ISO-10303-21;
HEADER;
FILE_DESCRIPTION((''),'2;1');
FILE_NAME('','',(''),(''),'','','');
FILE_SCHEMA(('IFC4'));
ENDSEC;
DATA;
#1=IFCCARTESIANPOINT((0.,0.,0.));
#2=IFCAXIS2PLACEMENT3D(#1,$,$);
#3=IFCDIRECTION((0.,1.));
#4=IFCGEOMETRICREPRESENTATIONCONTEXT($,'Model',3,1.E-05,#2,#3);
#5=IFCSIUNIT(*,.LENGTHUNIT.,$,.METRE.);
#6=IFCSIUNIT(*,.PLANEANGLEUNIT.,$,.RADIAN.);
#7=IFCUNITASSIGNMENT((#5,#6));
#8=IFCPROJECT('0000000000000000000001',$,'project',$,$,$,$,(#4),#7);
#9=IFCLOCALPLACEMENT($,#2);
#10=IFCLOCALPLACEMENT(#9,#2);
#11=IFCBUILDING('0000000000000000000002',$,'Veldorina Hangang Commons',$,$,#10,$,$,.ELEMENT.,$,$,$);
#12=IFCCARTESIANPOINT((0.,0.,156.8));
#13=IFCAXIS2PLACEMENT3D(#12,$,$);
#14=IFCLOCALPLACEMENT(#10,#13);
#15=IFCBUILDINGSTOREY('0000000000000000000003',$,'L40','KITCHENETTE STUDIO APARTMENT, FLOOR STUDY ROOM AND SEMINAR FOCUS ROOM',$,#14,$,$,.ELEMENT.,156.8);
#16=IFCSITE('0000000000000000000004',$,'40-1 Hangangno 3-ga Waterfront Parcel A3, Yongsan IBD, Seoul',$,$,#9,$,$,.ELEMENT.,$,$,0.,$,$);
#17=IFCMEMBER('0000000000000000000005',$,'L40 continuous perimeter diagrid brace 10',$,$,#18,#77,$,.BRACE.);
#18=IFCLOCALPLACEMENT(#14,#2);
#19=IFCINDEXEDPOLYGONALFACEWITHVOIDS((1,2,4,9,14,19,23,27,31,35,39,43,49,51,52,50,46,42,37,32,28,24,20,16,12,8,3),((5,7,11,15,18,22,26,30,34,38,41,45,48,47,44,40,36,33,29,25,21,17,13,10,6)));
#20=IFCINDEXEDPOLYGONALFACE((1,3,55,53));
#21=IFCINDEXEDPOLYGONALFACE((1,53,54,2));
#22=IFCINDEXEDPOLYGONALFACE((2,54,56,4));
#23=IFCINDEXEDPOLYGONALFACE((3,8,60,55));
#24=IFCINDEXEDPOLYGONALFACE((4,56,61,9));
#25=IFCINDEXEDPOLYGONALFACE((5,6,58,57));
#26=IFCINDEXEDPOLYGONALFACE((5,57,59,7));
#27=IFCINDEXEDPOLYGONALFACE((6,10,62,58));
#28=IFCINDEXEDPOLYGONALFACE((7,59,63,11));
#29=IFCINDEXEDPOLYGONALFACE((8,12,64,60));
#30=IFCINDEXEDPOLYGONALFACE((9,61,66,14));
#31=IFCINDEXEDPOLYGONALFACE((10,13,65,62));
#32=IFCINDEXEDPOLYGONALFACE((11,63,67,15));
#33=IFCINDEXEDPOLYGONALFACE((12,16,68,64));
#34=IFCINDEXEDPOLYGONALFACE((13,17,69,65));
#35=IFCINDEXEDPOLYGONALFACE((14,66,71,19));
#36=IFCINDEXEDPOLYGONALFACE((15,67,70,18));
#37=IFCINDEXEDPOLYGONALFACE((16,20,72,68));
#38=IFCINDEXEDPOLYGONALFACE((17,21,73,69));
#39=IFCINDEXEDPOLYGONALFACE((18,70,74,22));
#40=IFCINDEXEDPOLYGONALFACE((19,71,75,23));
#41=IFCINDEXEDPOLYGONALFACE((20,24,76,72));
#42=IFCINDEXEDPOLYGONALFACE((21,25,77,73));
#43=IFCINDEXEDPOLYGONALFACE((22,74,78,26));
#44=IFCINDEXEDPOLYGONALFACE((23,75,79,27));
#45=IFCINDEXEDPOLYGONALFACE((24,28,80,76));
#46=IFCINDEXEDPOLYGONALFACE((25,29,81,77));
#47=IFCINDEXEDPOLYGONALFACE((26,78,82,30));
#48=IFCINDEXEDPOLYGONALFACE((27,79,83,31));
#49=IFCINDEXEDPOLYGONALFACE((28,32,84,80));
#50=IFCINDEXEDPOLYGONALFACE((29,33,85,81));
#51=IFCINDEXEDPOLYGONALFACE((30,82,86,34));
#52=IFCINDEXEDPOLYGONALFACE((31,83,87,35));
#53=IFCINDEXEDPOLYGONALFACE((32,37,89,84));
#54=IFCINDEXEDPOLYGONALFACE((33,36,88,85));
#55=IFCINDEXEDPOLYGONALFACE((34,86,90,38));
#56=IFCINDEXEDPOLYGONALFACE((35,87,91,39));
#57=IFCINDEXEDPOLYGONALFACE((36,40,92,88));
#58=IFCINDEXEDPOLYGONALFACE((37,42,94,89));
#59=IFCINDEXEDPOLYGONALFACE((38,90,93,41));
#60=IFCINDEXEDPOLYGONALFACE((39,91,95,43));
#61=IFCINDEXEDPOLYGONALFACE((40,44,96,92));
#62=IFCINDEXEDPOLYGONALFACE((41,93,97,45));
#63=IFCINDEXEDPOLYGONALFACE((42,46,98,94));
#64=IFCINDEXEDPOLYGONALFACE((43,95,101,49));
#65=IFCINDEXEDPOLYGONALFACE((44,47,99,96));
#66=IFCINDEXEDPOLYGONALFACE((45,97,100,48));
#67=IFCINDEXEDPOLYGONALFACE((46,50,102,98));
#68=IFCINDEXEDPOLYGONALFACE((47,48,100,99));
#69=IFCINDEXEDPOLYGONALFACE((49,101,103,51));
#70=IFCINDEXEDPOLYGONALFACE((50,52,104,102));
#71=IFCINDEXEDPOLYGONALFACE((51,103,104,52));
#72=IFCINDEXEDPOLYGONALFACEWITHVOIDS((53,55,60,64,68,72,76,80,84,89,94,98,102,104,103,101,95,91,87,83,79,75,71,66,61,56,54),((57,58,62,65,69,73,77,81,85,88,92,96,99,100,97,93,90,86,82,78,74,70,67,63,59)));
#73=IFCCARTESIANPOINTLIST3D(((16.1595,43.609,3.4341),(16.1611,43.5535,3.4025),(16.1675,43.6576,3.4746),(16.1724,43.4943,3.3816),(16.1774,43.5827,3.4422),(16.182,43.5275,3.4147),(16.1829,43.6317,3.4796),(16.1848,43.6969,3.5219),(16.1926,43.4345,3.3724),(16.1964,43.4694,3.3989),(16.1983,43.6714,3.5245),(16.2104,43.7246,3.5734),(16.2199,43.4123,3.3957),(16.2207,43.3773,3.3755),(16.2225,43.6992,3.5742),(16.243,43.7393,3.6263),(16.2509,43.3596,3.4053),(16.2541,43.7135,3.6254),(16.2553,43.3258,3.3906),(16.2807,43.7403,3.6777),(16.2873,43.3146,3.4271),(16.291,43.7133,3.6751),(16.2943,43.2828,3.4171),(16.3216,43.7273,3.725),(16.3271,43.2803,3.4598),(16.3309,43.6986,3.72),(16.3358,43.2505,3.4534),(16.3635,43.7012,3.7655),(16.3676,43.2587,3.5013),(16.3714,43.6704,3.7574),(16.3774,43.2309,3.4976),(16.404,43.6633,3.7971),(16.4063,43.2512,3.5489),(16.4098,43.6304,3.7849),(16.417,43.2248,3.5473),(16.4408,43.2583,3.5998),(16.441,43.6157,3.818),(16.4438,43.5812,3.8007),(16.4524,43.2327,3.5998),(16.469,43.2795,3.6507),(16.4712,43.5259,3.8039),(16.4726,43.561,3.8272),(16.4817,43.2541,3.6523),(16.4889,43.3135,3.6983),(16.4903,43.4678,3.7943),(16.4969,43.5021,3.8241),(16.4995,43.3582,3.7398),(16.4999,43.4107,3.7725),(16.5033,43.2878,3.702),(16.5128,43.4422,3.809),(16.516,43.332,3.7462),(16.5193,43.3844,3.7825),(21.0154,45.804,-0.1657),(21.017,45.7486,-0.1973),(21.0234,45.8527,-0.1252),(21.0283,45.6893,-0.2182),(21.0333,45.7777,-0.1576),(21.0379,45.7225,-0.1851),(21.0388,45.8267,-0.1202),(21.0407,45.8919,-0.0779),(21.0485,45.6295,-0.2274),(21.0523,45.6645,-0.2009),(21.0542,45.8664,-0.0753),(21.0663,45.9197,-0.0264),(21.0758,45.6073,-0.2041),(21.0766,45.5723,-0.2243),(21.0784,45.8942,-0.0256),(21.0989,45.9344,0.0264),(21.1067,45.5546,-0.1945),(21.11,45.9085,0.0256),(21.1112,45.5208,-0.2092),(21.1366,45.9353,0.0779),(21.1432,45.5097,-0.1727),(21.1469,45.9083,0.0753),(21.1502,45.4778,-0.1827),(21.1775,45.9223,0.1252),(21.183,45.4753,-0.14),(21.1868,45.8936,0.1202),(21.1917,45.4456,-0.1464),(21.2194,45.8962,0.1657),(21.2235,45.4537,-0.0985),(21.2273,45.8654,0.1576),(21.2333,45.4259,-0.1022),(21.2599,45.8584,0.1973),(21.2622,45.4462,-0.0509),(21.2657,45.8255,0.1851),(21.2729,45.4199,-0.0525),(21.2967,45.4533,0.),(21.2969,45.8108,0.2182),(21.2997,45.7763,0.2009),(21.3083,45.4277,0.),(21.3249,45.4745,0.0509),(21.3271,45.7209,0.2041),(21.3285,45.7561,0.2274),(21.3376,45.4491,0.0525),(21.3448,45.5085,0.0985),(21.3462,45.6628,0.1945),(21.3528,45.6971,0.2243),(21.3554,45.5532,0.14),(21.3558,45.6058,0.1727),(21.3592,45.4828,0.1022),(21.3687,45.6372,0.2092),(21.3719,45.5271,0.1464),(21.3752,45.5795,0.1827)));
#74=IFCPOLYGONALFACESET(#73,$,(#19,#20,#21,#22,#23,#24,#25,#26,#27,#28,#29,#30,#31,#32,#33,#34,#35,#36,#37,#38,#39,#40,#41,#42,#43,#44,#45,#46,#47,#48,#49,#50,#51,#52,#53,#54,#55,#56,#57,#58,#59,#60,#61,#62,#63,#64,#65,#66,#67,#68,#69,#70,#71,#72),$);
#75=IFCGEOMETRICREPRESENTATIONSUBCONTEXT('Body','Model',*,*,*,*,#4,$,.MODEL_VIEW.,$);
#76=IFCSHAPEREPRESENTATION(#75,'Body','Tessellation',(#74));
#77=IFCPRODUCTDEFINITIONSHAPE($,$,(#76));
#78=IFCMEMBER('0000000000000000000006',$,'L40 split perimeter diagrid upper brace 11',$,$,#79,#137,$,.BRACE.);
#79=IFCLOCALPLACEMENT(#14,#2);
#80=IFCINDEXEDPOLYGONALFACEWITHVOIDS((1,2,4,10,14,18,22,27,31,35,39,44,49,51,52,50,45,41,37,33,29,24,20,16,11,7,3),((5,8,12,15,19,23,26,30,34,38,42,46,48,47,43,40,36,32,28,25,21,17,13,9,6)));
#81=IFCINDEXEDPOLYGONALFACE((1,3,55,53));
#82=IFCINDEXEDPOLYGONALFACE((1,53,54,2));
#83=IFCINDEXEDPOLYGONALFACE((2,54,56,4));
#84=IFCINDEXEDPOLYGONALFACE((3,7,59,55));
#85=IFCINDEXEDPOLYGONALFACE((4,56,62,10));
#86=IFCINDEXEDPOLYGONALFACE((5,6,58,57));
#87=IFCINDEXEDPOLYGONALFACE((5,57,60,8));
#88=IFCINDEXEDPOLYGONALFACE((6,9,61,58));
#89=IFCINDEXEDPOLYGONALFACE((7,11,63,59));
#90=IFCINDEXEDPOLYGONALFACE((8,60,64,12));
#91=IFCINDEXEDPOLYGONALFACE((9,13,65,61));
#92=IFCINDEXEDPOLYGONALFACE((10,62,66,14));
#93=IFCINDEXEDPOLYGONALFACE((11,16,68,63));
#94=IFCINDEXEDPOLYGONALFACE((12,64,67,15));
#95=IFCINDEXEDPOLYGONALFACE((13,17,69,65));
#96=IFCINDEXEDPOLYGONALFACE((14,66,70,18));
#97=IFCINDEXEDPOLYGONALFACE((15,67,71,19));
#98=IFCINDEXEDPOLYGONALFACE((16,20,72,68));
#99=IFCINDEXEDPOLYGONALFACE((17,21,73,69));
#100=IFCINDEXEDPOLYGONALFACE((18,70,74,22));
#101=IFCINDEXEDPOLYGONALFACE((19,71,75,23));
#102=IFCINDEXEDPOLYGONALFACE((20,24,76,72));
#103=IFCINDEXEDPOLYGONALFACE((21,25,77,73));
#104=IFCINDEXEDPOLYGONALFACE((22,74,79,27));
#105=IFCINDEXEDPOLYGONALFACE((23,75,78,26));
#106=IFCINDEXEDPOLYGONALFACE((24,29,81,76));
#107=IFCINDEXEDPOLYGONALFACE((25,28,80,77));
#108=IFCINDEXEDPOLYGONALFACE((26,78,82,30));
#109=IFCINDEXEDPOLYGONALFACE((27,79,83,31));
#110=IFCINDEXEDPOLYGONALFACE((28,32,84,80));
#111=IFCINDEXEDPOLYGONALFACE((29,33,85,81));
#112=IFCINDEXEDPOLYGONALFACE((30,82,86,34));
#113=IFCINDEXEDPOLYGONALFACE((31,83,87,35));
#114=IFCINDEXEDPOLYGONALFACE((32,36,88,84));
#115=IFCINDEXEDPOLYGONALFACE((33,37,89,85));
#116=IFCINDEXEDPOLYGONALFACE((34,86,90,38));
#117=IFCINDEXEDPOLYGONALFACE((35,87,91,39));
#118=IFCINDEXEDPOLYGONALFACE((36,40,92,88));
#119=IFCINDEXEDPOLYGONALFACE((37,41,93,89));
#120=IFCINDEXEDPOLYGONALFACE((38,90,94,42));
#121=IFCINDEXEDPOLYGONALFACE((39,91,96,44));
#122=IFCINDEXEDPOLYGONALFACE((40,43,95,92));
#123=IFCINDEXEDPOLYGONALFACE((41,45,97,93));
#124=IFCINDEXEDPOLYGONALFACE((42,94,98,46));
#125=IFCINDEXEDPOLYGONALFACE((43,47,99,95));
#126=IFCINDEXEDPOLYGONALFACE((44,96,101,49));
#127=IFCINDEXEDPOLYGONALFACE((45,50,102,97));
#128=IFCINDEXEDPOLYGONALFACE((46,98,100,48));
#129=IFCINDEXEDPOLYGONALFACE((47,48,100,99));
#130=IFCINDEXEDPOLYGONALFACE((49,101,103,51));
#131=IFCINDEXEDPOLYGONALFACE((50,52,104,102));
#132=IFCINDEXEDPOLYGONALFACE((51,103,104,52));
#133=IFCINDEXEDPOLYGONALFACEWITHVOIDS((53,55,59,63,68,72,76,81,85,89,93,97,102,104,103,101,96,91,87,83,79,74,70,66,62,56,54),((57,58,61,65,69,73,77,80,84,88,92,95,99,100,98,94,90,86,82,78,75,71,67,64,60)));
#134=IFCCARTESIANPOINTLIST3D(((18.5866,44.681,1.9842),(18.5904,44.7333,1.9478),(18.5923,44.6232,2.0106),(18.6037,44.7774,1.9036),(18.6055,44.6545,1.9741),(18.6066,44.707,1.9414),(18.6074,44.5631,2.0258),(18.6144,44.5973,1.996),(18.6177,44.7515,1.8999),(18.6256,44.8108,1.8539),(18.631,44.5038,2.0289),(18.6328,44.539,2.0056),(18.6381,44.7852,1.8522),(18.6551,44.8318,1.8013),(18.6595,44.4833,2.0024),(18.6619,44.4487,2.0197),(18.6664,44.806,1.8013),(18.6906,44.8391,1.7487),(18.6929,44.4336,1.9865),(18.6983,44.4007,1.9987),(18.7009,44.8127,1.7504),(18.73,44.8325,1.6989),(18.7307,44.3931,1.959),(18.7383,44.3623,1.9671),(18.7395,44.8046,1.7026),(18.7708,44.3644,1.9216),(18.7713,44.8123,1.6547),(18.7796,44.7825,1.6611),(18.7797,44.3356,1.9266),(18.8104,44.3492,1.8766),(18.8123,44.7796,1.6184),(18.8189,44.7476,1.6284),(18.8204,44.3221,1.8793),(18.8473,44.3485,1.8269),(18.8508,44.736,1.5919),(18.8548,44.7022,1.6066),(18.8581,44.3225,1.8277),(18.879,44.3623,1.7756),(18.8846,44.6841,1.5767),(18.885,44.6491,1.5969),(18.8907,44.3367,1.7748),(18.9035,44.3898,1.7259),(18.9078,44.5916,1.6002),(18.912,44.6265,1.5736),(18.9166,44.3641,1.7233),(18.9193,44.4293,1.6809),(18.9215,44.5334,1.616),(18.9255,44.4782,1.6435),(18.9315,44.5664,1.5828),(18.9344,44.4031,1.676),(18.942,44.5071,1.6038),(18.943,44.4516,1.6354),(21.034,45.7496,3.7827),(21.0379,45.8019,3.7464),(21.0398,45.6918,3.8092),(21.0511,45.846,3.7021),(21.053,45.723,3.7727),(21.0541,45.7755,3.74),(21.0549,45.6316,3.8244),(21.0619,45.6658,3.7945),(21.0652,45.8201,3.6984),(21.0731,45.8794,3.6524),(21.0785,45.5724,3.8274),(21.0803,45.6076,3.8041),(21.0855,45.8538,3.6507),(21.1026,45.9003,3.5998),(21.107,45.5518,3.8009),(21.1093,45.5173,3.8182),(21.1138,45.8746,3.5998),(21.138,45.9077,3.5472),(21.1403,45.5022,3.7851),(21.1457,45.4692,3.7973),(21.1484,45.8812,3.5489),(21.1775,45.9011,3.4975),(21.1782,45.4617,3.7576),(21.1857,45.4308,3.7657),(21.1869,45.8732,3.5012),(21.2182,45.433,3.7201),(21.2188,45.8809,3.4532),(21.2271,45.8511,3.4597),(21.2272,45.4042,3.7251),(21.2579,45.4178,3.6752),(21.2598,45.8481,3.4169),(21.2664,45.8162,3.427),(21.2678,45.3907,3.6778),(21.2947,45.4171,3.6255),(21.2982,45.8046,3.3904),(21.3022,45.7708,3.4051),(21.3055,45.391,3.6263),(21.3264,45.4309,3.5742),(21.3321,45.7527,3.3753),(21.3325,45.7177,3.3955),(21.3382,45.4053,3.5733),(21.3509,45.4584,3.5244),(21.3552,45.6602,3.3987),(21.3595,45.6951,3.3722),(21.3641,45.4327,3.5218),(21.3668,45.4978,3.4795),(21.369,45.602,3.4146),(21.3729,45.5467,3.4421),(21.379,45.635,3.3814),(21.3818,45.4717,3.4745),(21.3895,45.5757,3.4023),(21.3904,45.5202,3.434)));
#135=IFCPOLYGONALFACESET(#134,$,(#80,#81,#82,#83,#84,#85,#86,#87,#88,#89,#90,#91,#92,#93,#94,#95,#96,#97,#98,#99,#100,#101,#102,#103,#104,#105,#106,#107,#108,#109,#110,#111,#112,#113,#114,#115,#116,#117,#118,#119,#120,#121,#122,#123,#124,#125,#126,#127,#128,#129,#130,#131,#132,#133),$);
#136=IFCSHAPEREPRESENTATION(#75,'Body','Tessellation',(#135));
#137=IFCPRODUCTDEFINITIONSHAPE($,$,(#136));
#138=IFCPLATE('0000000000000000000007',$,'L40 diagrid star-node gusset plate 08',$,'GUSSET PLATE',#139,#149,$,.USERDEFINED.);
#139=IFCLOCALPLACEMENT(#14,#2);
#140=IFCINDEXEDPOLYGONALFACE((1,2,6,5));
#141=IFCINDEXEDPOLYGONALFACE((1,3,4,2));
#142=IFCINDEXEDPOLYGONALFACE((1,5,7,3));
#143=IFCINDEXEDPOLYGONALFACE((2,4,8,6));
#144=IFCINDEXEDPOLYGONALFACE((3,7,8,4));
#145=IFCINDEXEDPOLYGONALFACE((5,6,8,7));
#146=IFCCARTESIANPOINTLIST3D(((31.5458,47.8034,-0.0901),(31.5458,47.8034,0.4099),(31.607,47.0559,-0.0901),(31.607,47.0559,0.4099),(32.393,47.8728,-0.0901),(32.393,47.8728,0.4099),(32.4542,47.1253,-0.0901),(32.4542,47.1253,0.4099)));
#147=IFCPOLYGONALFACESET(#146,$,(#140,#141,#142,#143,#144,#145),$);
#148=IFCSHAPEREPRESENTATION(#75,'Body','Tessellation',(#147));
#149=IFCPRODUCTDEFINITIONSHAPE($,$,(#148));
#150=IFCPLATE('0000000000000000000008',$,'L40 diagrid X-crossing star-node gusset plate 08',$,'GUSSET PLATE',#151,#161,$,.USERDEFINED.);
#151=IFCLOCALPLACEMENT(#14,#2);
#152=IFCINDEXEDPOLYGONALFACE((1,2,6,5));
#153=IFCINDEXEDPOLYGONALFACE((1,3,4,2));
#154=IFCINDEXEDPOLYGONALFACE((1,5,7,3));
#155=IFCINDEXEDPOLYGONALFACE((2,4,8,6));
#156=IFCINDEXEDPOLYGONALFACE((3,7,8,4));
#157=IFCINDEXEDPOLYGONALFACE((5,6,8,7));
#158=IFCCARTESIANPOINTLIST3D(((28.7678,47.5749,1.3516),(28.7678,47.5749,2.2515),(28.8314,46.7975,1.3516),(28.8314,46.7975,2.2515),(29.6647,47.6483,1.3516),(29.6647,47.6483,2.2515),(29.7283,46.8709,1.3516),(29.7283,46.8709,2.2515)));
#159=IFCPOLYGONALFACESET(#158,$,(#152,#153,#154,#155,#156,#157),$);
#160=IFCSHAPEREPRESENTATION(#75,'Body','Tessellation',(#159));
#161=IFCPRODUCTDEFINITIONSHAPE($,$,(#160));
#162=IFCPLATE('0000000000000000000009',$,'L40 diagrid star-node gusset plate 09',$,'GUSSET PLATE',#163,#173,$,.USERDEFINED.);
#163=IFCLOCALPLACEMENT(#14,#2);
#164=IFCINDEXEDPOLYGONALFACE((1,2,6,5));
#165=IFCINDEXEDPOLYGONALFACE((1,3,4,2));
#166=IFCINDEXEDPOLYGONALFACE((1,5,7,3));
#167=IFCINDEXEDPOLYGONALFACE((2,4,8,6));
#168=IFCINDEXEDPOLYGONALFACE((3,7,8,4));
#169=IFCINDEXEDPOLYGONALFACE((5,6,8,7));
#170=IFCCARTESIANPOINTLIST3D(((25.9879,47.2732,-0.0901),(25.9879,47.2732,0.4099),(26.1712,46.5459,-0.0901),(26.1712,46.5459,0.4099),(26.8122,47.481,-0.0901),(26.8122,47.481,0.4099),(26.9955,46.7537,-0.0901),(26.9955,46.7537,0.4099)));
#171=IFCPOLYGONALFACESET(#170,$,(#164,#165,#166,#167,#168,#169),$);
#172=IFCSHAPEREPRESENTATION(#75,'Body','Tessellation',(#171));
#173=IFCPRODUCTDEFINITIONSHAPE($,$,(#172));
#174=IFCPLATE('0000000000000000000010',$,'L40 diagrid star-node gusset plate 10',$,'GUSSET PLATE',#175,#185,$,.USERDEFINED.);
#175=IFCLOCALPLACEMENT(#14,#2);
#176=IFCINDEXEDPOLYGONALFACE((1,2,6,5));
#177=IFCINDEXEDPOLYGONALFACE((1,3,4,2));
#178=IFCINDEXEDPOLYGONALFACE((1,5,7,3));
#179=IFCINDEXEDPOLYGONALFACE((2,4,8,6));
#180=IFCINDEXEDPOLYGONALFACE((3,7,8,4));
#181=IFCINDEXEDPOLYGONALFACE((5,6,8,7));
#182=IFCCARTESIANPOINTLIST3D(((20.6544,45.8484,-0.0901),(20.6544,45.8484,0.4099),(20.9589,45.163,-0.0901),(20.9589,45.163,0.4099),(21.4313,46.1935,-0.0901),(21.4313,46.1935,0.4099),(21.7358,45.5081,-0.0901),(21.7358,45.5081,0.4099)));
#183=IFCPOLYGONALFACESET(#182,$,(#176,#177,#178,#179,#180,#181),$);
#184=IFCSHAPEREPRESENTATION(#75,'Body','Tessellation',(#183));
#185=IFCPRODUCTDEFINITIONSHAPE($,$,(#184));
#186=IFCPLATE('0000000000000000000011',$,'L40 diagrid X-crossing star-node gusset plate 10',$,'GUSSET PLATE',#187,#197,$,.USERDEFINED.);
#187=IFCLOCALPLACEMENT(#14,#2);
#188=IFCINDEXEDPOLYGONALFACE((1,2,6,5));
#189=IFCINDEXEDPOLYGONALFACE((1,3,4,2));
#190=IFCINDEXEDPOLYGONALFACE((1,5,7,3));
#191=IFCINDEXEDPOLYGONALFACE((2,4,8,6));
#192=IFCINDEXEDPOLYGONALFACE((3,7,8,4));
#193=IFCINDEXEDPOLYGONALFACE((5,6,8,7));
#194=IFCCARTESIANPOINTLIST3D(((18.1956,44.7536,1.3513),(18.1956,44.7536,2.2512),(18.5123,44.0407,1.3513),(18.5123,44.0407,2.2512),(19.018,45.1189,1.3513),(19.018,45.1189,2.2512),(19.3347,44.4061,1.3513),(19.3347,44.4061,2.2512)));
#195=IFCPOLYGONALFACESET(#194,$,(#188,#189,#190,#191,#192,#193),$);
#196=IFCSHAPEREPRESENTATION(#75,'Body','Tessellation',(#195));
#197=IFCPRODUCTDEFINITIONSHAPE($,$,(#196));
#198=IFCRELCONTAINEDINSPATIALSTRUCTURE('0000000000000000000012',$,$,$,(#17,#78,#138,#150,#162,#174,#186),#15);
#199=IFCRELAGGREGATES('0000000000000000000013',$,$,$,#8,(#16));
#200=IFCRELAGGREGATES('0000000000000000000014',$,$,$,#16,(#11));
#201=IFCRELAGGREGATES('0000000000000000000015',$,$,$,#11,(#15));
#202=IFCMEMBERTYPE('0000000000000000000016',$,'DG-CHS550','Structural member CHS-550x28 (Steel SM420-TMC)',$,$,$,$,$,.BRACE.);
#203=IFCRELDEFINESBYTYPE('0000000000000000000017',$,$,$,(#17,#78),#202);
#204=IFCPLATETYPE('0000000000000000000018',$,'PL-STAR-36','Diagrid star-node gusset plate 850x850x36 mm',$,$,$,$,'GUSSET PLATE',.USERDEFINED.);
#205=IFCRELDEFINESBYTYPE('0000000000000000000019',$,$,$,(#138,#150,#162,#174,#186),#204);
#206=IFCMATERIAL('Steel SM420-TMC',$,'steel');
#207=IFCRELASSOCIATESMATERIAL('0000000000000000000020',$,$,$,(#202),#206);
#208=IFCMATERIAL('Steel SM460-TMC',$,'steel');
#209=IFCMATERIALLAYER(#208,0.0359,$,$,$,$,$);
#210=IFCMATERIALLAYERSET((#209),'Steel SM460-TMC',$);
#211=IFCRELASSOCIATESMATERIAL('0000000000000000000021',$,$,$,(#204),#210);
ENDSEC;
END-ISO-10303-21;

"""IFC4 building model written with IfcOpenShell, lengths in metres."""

from ifc_helpers import new_model, si_unit, direction, frame, origin, origin_2d, place, context, subcontext, project, spatial, rectangle, hollow_circle, extrude, material, layer, layer_set, material_profile, profile_set, type_object, element, save


model = new_model("IFC4")

# Units and contexts
model_context = context("Model", 3, precision=1e-05, world=origin(), true_north=direction((0.0, 1.0)))
body_context = subcontext(model_context, "Body", "Model", "MODEL_VIEW")
ifc_project = project(units=[si_unit("LENGTHUNIT", "METRE"), si_unit("PLANEANGLEUNIT", "RADIAN")], contexts=[model_context])

# Site, building, storey
site_placement = place(None, origin())
site = spatial("IfcSite", under=ifc_project, at=site_placement, Name="40-1 Hangangno 3-ga Waterfront Parcel A3, Yongsan IBD, Seoul", CompositionType="ELEMENT", RefElevation=0.0)
building_placement = place(site_placement, origin())
building = spatial("IfcBuilding", under=site, at=building_placement, Name="Veldorina Hangang Commons", CompositionType="ELEMENT")
storey_placement = place(building_placement, frame((0.0, 0.0, 156.8)))
storey = spatial("IfcBuildingStorey", under=building, at=storey_placement, Name="L40", Description="KITCHENETTE STUDIO APARTMENT, FLOOR STUDY ROOM AND SEMINAR FOCUS ROOM", CompositionType="ELEMENT", Elevation=156.8)

# Shared definitions
ifc_material_1 = material(Name="Steel SM420-TMC", Category="steel")

# Members
ifc_material_profile_1 = material_profile(ifc_material_1, hollow_circle(Radius=0.2749, WallThickness=0.0281, at=origin_2d()), Name="CHS-550x28")
ifc_profile_set_1 = profile_set([ifc_material_profile_1], Name="Steel SM420-TMC")
member_type = type_object("IfcMemberType", Name="DG-CHS550", Description="Structural member CHS-550x28 (Steel SM420-TMC)", PredefinedType="BRACE", material=ifc_profile_set_1)
member_1_placement = place(storey_placement, frame((21.1951, 45.6782, 0.0), z_axis=(-0.755087, -0.341327, 0.559767), x_axis=(0.411907, -0.911226, 0.0)))
element("IfcMember", 1, at=member_1_placement, inside=storey, type_object=member_type, Name="L40 continuous perimeter diagrid brace 10", PredefinedType="BRACE", context=body_context, shape_type="SweptSolid", body=[
    extrude(hollow_circle(Radius=0.2749, WallThickness=0.0281, at=origin_2d()), origin(), (0.0, 0.0, 1.0), 6.4309),
])
member_2_placement = place(storey_placement, frame((18.7651, 44.5798, 1.8013), z_axis=(0.760143, 0.331885, 0.558601), x_axis=(-0.400133, 0.916457, 0.0)))
element("IfcMember", 2, at=member_2_placement, inside=storey, type_object=member_type, Name="L40 split perimeter diagrid upper brace 11", PredefinedType="BRACE", context=body_context, shape_type="SweptSolid", body=[
    extrude(hollow_circle(Radius=0.2749, WallThickness=0.0281, at=origin_2d()), origin(), (0.0, 0.0, 1.0), 3.2197),
])

# Plates
ifc_material_2 = material(Name="Steel SM460-TMC", Category="steel")
ifc_layer_1 = layer(ifc_material_2, 0.0359)
ifc_layer_set_1 = layer_set([ifc_layer_1], Name="Steel SM460-TMC")
plate_type = type_object("IfcPlateType", Name="PL-STAR-36", Description="Diagrid star-node gusset plate 850x850x36 mm", ElementType="GUSSET PLATE", PredefinedType="USERDEFINED", material=ifc_layer_set_1)
plate_1_placement = place(storey_placement, frame((32.0, 47.4644, -0.0901), z_axis=(0.0, 0.0, 1.0), x_axis=(-0.996666, -0.081591, 0.0)))
element("IfcPlate", 3, at=plate_1_placement, inside=storey, type_object=plate_type, Name="L40 diagrid star-node gusset plate 08", ObjectType="GUSSET PLATE", PredefinedType="USERDEFINED", context=body_context, shape_type="SweptSolid", body=[
    extrude(rectangle(XDim=0.8501, YDim=0.75, at=origin_2d()), origin(), (0.0, 0.0, 1.0), 0.5),
])
plate_2_placement = place(storey_placement, frame((29.248, 47.2229, 1.3516), z_axis=(0.0, 0.0, 1.0), x_axis=(-0.996666, -0.081591, 0.0)))
element("IfcPlate", 4, at=plate_2_placement, inside=storey, type_object=plate_type, Name="L40 diagrid X-crossing star-node gusset plate 08", ObjectType="GUSSET PLATE", PredefinedType="USERDEFINED", context=body_context, shape_type="SweptSolid", body=[
    extrude(rectangle(XDim=0.8999, YDim=0.78, at=origin_2d()), origin(), (0.0, 0.0, 1.0), 0.8999),
])
for number, where, z_axis, x_axis, name in (
    (5, (26.4917, 47.0134, -0.0901), (0.0, 0.0, 1.0), (-0.969663, -0.244444, 0.0), "L40 diagrid star-node gusset plate 09"),
    (6, (21.1951, 45.6782, -0.0901), (0.0, 0.0, 1.0), (-0.913893, -0.405955, 0.0), "L40 diagrid star-node gusset plate 10"),
):
    element("IfcPlate", number, at=place(storey_placement, frame(where, z_axis=z_axis, x_axis=x_axis)), inside=storey, type_object=plate_type, Name=name, ObjectType="GUSSET PLATE", PredefinedType="USERDEFINED", context=body_context, shape_type="SweptSolid", body=[
        extrude(rectangle(XDim=0.8501, YDim=0.75, at=origin_2d()), origin(), (0.0, 0.0, 1.0), 0.5),
    ])
plate_3_placement = place(storey_placement, frame((18.7651, 44.5798, 1.3513), z_axis=(0.0, 0.0, 1.0), x_axis=(-0.913893, -0.405955, 0.0)))
element("IfcPlate", 7, at=plate_3_placement, inside=storey, type_object=plate_type, Name="L40 diagrid X-crossing star-node gusset plate 10", ObjectType="GUSSET PLATE", PredefinedType="USERDEFINED", context=body_context, shape_type="SweptSolid", body=[
    extrude(rectangle(XDim=0.8999, YDim=0.78, at=origin_2d()), origin(), (0.0, 0.0, 1.0), 0.8999),
])

save(model, "model.ifc")
